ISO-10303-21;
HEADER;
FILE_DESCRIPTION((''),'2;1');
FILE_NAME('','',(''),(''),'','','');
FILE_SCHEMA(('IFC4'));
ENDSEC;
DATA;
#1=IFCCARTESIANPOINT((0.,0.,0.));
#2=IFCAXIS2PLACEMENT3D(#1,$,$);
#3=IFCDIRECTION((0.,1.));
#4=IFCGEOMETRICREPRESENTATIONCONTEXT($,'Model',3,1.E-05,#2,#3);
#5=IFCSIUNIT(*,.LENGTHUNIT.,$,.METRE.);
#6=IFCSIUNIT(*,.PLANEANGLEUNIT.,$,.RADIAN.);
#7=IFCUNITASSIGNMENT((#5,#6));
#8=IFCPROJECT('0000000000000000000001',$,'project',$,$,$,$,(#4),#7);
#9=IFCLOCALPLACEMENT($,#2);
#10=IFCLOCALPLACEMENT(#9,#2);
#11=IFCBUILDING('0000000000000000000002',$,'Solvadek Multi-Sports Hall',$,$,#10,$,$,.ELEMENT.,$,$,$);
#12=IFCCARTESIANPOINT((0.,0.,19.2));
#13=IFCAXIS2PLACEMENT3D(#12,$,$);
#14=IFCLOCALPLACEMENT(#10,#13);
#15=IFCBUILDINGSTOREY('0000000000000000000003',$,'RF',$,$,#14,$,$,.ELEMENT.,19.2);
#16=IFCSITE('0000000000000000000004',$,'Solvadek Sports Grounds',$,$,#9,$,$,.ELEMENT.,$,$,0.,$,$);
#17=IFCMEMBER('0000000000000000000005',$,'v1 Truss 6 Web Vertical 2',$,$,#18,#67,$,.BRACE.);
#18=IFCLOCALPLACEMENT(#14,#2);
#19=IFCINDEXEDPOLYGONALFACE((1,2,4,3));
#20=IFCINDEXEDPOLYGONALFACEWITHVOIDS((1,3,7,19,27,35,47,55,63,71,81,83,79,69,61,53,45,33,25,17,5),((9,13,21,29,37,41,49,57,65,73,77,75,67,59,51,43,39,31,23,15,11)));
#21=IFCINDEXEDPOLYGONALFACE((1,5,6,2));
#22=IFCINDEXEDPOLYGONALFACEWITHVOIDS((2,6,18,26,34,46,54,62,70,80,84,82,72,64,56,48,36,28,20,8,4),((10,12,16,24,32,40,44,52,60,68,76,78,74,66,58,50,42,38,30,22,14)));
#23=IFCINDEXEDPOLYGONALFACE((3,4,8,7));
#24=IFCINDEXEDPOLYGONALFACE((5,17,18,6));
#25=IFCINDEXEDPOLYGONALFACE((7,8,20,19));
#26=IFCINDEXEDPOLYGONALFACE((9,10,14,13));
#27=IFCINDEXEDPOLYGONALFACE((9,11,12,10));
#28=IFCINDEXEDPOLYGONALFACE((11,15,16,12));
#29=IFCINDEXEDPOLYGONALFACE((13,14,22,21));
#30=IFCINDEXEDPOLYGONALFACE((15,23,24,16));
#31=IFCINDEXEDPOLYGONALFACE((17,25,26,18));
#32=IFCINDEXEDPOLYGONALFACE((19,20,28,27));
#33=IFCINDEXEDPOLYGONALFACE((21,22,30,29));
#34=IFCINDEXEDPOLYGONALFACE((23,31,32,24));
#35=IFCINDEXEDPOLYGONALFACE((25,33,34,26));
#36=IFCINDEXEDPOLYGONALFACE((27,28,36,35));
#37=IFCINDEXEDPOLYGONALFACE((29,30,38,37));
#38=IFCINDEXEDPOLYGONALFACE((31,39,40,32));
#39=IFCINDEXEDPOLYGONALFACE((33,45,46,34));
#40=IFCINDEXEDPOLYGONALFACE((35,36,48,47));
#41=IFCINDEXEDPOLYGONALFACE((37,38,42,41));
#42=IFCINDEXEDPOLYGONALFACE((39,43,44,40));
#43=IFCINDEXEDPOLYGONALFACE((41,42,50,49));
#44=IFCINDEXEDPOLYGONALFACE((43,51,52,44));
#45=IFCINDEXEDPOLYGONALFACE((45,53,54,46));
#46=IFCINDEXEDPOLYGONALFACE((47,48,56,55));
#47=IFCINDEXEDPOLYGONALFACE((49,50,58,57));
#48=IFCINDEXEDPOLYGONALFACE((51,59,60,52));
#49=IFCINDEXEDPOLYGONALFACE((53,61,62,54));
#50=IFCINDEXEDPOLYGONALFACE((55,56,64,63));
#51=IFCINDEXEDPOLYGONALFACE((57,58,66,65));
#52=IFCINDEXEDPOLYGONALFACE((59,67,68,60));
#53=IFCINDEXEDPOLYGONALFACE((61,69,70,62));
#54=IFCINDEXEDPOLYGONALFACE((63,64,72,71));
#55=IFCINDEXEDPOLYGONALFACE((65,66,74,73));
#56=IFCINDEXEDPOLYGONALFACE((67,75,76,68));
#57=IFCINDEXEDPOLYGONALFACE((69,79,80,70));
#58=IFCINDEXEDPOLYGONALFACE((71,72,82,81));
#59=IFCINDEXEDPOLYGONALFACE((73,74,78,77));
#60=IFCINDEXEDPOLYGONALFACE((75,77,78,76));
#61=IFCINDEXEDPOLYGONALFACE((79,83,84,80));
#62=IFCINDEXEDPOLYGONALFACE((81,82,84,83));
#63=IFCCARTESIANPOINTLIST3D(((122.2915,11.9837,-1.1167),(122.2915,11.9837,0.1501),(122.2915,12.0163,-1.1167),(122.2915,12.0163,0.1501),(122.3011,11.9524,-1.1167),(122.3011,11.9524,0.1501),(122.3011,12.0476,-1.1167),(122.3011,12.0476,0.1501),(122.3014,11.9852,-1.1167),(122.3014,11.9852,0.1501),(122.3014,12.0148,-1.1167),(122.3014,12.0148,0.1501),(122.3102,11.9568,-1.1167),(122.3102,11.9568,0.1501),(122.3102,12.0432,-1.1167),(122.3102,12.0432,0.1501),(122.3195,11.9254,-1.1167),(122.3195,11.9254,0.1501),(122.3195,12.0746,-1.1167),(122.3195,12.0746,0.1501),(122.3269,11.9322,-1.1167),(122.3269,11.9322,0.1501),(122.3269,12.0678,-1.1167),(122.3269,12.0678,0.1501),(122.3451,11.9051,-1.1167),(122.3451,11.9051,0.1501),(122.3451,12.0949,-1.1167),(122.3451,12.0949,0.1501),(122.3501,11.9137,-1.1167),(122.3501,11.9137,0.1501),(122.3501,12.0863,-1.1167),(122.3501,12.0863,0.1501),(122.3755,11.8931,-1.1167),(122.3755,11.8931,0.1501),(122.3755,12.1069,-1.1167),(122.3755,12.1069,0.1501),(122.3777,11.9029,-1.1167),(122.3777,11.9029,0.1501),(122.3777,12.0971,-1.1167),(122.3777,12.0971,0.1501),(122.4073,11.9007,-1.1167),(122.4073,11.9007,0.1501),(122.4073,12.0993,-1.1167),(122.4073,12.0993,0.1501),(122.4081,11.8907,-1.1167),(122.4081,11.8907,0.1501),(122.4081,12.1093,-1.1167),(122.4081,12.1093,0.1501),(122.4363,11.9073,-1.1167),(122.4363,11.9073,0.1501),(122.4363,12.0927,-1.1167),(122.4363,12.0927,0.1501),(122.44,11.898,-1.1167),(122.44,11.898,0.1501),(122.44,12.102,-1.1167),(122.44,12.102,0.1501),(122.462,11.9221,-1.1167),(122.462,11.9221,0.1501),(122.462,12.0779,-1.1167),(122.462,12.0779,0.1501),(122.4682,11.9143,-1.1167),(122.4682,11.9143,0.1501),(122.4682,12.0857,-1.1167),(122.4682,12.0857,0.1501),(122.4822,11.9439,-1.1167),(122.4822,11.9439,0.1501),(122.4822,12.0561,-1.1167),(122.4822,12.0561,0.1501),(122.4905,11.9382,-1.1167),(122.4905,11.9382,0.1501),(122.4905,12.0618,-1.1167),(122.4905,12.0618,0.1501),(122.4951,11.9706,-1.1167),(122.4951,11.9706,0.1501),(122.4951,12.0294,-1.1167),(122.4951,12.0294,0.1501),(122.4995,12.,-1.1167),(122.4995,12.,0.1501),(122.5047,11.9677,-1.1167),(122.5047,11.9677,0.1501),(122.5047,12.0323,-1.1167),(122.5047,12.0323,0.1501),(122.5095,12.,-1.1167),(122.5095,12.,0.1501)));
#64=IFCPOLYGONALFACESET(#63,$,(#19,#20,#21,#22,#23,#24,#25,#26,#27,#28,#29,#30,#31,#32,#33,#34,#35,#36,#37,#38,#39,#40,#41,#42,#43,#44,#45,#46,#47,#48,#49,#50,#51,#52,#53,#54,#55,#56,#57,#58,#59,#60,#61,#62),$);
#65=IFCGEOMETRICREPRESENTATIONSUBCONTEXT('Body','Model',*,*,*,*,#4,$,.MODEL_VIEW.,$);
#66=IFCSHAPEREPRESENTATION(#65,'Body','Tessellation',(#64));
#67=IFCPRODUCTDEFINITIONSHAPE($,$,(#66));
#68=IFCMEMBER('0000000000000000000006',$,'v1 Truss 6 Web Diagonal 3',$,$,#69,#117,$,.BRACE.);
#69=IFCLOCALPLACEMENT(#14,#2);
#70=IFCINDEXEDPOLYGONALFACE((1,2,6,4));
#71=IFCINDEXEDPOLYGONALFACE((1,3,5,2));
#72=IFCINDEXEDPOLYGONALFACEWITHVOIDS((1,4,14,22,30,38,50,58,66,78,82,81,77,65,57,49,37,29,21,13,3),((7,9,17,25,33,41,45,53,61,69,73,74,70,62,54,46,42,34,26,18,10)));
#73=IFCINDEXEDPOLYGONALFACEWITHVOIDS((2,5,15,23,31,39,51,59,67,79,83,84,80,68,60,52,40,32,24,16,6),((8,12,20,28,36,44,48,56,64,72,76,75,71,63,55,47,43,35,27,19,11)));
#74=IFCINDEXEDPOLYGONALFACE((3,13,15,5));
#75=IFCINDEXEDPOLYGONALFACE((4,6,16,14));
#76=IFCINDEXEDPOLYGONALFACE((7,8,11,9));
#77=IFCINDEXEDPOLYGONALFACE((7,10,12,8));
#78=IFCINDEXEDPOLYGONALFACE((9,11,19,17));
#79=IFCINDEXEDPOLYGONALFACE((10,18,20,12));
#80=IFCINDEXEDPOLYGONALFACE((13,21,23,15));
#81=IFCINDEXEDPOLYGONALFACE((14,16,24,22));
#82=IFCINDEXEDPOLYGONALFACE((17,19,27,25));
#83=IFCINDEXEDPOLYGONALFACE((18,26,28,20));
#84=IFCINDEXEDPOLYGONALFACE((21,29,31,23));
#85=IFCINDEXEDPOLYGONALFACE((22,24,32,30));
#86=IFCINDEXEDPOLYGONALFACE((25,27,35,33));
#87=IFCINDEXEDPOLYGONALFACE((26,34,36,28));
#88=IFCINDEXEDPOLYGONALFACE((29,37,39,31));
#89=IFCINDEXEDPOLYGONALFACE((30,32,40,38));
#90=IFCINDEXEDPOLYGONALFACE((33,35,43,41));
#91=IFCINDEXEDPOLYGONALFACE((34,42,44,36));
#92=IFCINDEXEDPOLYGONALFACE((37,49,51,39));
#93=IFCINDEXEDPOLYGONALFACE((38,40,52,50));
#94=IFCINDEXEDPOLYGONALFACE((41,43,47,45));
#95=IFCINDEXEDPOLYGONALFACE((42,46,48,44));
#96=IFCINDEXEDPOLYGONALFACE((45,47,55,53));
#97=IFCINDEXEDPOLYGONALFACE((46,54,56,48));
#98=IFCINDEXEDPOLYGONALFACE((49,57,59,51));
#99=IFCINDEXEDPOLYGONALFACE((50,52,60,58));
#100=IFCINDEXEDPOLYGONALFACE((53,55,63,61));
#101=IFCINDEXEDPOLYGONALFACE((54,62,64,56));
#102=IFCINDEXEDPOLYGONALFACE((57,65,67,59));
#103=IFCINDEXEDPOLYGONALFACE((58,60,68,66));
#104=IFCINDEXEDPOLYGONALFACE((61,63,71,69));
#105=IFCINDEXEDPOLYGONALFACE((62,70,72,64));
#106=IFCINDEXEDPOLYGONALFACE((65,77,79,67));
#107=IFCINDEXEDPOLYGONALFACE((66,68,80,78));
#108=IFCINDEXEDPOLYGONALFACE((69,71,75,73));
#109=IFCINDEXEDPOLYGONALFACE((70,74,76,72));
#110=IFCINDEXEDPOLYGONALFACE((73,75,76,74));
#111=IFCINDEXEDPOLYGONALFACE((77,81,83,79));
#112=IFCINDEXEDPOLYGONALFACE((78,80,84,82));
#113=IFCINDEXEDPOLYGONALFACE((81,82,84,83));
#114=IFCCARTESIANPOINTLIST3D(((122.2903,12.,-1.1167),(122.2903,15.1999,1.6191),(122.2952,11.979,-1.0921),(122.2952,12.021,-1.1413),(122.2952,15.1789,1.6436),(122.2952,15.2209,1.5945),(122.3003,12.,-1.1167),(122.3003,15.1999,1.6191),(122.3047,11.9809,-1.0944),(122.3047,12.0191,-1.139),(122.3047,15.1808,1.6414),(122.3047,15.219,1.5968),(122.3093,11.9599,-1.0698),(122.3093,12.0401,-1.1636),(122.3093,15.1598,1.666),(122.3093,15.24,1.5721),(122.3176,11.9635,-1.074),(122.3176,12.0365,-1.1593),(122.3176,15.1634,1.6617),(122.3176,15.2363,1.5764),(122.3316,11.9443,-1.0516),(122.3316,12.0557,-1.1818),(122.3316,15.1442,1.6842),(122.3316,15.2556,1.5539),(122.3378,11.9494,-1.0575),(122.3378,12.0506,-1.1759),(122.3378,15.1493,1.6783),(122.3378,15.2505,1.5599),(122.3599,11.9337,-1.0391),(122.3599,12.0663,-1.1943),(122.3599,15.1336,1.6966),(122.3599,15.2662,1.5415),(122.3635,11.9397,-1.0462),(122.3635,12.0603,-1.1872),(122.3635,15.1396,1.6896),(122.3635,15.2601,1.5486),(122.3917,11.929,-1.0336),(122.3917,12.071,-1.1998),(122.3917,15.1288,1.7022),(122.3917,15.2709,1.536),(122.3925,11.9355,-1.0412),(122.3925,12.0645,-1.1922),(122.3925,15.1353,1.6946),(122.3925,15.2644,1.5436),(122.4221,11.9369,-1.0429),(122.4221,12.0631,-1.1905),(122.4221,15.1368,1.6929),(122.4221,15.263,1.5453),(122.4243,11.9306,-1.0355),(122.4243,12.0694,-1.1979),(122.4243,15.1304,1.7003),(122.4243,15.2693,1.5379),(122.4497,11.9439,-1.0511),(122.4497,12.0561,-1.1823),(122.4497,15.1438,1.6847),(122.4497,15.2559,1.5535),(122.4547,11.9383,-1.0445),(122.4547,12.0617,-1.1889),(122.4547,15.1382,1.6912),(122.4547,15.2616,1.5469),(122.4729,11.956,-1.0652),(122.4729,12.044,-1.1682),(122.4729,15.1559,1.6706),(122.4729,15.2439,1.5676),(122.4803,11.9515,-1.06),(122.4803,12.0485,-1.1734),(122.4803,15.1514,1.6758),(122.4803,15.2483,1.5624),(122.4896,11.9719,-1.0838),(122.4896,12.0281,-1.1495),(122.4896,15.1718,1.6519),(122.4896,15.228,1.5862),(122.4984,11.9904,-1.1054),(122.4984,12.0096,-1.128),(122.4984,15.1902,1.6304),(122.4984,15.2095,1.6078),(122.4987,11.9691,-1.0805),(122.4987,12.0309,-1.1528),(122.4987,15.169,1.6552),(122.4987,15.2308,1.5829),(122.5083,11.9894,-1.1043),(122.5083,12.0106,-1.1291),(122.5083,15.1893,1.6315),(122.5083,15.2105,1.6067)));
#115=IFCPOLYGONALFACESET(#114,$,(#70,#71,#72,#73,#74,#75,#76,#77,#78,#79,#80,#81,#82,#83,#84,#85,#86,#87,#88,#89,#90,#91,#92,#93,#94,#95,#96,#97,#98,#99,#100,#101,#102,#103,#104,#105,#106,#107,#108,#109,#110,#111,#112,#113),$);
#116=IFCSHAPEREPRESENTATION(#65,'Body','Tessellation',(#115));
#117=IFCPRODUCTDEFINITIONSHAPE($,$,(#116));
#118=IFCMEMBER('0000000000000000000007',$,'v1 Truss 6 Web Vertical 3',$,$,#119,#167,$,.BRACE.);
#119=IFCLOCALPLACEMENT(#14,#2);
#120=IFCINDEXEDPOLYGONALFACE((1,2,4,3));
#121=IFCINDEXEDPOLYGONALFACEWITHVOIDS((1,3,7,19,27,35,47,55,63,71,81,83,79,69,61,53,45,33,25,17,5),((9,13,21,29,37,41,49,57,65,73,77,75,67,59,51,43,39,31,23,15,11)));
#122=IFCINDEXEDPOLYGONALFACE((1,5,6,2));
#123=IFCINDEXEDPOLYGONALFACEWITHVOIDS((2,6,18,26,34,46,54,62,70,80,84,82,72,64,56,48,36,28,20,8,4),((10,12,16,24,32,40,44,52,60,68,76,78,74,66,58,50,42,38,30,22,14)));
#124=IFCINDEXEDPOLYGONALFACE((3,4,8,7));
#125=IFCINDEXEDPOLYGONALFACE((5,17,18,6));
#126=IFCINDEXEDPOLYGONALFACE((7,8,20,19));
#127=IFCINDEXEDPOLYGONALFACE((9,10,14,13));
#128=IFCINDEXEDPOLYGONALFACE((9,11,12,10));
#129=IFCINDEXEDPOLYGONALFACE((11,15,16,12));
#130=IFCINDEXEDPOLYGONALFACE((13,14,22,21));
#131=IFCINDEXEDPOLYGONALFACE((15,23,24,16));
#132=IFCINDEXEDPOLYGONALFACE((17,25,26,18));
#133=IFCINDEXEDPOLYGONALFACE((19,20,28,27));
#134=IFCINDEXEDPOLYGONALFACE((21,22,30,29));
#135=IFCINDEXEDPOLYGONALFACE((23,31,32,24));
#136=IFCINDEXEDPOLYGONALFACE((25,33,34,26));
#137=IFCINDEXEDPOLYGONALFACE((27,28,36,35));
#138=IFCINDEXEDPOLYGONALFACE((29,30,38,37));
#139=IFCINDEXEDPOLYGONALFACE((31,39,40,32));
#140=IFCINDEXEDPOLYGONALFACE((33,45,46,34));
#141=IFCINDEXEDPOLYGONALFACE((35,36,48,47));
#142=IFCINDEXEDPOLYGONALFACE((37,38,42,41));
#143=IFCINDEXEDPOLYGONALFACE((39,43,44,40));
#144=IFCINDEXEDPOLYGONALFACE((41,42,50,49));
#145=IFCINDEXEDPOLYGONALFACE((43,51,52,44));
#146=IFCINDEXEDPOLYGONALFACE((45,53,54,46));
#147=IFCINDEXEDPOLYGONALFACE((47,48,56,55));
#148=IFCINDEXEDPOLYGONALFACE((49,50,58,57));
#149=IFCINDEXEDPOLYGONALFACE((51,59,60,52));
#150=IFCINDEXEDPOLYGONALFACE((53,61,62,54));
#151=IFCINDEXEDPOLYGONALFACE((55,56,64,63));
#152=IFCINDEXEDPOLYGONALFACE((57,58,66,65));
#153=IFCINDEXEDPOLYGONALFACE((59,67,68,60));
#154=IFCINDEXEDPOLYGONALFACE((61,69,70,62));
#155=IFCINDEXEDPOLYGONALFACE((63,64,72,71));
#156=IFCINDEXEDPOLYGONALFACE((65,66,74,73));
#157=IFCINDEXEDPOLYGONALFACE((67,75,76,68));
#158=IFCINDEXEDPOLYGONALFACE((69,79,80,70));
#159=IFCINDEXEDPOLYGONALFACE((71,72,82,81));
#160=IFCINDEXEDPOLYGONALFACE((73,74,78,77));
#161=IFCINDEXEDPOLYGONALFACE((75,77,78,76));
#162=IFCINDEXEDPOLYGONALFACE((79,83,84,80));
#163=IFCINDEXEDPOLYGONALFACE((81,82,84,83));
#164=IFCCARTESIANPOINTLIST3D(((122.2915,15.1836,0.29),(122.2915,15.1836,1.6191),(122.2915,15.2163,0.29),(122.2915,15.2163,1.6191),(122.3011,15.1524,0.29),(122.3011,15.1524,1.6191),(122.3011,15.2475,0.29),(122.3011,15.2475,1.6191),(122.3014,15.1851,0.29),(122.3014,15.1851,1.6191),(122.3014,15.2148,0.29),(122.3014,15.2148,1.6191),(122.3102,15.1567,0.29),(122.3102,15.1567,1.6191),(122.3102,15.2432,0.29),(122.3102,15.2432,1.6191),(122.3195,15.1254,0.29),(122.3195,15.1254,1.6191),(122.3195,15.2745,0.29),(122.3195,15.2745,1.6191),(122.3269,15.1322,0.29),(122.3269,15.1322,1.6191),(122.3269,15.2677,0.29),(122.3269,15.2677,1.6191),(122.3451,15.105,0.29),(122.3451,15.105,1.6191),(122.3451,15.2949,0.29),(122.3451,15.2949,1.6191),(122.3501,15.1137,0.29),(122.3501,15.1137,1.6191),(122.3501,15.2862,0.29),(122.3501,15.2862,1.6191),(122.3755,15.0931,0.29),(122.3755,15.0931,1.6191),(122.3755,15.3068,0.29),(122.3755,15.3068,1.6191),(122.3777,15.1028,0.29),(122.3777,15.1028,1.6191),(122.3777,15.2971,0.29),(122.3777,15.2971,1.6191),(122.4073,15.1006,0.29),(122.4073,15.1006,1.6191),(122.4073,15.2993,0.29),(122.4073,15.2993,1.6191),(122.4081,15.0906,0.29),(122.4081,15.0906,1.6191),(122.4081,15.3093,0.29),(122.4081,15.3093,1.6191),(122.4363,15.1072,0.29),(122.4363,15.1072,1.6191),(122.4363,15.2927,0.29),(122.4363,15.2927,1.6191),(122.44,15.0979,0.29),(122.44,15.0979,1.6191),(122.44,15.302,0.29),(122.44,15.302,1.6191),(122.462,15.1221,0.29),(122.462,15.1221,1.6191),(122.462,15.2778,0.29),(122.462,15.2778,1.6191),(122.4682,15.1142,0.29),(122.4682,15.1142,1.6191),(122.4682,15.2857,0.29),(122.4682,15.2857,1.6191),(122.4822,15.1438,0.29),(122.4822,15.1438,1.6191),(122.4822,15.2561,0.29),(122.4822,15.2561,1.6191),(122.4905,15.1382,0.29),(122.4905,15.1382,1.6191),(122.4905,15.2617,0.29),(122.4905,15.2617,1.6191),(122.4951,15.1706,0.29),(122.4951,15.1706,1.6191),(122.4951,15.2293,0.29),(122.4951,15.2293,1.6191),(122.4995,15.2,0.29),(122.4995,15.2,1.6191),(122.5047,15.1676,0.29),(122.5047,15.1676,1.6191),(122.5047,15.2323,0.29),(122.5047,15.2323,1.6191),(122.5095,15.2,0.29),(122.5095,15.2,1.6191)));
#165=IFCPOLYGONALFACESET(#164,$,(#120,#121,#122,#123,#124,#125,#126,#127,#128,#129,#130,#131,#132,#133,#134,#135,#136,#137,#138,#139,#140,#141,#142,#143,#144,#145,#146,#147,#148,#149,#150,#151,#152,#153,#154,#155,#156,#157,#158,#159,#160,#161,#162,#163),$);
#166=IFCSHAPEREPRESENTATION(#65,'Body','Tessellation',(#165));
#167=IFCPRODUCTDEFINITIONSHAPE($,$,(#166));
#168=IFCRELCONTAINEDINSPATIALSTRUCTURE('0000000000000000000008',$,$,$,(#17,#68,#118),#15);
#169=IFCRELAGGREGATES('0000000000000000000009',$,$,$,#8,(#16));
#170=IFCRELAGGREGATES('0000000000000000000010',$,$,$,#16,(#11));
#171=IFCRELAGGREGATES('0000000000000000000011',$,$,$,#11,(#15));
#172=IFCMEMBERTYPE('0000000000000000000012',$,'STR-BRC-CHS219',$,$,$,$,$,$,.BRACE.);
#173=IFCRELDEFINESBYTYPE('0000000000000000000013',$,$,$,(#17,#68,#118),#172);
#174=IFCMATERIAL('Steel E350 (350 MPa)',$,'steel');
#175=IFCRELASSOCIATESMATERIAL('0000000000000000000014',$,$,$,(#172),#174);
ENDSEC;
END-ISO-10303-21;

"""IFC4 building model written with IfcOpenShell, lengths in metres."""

from ifc_helpers import new_model, si_unit, direction, frame, origin, origin_2d, place, context, subcontext, project, spatial, hollow_circle, extrude, material, material_profile, profile_set, type_object, element, save


model = new_model("IFC4")

# Units and contexts
model_context = context("Model", 3, precision=1e-05, world=origin(), true_north=direction((0.0, 1.0)))
body_context = subcontext(model_context, "Body", "Model", "MODEL_VIEW")
ifc_project = project(units=[si_unit("LENGTHUNIT", "METRE"), si_unit("PLANEANGLEUNIT", "RADIAN")], contexts=[model_context])

# Site, building, storey
site_placement = place(None, origin())
site = spatial("IfcSite", under=ifc_project, at=site_placement, Name="Solvadek Sports Grounds", CompositionType="ELEMENT", RefElevation=0.0)
building_placement = place(site_placement, origin())
building = spatial("IfcBuilding", under=site, at=building_placement, Name="Solvadek Multi-Sports Hall", CompositionType="ELEMENT")
storey_placement = place(building_placement, frame((0.0, 0.0, 19.2)))
storey = spatial("IfcBuildingStorey", under=building, at=storey_placement, Name="RF", CompositionType="ELEMENT", Elevation=19.2)

# Shared definitions
ifc_material_1 = material(Name="Steel E350 (350 MPa)", Category="steel")

# Members
ifc_material_profile_1 = material_profile(ifc_material_1, hollow_circle(Radius=0.1096, WallThickness=0.01, at=origin_2d()), Name="CHS 219.1x10")
ifc_profile_set_1 = profile_set([ifc_material_profile_1], Name="Steel E350 (350 MPa)")
member_type_1 = type_object("IfcMemberType", Name="STR-BRC-CHS219", PredefinedType="BRACE", material=ifc_profile_set_1)
member_1_placement = place(storey_placement, frame((122.3999, 12.0, -1.1167), z_axis=(0.0, 0.0, 1.0), x_axis=(1.0, 0.0, 0.0)))
element("IfcMember", 1, at=member_1_placement, inside=storey, type_object=member_type_1, Name="v1 Truss 6 Web Vertical 2", PredefinedType="BRACE", context=body_context, shape_type="SweptSolid", body=[
    extrude(hollow_circle(Radius=0.1096, WallThickness=0.01, at=origin_2d()), origin(), (0.0, 0.0, 1.0), 1.2668),
])
member_2_placement = place(storey_placement, frame((122.3999, 12.0, -1.1167), z_axis=(0.0, 0.760075, 0.649836), x_axis=(-1.0, 0.0, 0.0)))
element("IfcMember", 2, at=member_2_placement, inside=storey, type_object=member_type_1, Name="v1 Truss 6 Web Diagonal 3", PredefinedType="BRACE", context=body_context, shape_type="SweptSolid", body=[
    extrude(hollow_circle(Radius=0.1096, WallThickness=0.01, at=origin_2d()), origin(), (0.0, 0.0, 1.0), 4.21),
])
member_3_placement = place(storey_placement, frame((122.3999, 15.2, 0.29), z_axis=(0.0, 0.0, 1.0), x_axis=(1.0, 0.0, 0.0)))
element("IfcMember", 3, at=member_3_placement, inside=storey, type_object=member_type_1, Name="v1 Truss 6 Web Vertical 3", PredefinedType="BRACE", context=body_context, shape_type="SweptSolid", body=[
    extrude(hollow_circle(Radius=0.1096, WallThickness=0.01, at=origin_2d()), origin(), (0.0, 0.0, 1.0), 1.3291),
])

save(model, "model.ifc")
